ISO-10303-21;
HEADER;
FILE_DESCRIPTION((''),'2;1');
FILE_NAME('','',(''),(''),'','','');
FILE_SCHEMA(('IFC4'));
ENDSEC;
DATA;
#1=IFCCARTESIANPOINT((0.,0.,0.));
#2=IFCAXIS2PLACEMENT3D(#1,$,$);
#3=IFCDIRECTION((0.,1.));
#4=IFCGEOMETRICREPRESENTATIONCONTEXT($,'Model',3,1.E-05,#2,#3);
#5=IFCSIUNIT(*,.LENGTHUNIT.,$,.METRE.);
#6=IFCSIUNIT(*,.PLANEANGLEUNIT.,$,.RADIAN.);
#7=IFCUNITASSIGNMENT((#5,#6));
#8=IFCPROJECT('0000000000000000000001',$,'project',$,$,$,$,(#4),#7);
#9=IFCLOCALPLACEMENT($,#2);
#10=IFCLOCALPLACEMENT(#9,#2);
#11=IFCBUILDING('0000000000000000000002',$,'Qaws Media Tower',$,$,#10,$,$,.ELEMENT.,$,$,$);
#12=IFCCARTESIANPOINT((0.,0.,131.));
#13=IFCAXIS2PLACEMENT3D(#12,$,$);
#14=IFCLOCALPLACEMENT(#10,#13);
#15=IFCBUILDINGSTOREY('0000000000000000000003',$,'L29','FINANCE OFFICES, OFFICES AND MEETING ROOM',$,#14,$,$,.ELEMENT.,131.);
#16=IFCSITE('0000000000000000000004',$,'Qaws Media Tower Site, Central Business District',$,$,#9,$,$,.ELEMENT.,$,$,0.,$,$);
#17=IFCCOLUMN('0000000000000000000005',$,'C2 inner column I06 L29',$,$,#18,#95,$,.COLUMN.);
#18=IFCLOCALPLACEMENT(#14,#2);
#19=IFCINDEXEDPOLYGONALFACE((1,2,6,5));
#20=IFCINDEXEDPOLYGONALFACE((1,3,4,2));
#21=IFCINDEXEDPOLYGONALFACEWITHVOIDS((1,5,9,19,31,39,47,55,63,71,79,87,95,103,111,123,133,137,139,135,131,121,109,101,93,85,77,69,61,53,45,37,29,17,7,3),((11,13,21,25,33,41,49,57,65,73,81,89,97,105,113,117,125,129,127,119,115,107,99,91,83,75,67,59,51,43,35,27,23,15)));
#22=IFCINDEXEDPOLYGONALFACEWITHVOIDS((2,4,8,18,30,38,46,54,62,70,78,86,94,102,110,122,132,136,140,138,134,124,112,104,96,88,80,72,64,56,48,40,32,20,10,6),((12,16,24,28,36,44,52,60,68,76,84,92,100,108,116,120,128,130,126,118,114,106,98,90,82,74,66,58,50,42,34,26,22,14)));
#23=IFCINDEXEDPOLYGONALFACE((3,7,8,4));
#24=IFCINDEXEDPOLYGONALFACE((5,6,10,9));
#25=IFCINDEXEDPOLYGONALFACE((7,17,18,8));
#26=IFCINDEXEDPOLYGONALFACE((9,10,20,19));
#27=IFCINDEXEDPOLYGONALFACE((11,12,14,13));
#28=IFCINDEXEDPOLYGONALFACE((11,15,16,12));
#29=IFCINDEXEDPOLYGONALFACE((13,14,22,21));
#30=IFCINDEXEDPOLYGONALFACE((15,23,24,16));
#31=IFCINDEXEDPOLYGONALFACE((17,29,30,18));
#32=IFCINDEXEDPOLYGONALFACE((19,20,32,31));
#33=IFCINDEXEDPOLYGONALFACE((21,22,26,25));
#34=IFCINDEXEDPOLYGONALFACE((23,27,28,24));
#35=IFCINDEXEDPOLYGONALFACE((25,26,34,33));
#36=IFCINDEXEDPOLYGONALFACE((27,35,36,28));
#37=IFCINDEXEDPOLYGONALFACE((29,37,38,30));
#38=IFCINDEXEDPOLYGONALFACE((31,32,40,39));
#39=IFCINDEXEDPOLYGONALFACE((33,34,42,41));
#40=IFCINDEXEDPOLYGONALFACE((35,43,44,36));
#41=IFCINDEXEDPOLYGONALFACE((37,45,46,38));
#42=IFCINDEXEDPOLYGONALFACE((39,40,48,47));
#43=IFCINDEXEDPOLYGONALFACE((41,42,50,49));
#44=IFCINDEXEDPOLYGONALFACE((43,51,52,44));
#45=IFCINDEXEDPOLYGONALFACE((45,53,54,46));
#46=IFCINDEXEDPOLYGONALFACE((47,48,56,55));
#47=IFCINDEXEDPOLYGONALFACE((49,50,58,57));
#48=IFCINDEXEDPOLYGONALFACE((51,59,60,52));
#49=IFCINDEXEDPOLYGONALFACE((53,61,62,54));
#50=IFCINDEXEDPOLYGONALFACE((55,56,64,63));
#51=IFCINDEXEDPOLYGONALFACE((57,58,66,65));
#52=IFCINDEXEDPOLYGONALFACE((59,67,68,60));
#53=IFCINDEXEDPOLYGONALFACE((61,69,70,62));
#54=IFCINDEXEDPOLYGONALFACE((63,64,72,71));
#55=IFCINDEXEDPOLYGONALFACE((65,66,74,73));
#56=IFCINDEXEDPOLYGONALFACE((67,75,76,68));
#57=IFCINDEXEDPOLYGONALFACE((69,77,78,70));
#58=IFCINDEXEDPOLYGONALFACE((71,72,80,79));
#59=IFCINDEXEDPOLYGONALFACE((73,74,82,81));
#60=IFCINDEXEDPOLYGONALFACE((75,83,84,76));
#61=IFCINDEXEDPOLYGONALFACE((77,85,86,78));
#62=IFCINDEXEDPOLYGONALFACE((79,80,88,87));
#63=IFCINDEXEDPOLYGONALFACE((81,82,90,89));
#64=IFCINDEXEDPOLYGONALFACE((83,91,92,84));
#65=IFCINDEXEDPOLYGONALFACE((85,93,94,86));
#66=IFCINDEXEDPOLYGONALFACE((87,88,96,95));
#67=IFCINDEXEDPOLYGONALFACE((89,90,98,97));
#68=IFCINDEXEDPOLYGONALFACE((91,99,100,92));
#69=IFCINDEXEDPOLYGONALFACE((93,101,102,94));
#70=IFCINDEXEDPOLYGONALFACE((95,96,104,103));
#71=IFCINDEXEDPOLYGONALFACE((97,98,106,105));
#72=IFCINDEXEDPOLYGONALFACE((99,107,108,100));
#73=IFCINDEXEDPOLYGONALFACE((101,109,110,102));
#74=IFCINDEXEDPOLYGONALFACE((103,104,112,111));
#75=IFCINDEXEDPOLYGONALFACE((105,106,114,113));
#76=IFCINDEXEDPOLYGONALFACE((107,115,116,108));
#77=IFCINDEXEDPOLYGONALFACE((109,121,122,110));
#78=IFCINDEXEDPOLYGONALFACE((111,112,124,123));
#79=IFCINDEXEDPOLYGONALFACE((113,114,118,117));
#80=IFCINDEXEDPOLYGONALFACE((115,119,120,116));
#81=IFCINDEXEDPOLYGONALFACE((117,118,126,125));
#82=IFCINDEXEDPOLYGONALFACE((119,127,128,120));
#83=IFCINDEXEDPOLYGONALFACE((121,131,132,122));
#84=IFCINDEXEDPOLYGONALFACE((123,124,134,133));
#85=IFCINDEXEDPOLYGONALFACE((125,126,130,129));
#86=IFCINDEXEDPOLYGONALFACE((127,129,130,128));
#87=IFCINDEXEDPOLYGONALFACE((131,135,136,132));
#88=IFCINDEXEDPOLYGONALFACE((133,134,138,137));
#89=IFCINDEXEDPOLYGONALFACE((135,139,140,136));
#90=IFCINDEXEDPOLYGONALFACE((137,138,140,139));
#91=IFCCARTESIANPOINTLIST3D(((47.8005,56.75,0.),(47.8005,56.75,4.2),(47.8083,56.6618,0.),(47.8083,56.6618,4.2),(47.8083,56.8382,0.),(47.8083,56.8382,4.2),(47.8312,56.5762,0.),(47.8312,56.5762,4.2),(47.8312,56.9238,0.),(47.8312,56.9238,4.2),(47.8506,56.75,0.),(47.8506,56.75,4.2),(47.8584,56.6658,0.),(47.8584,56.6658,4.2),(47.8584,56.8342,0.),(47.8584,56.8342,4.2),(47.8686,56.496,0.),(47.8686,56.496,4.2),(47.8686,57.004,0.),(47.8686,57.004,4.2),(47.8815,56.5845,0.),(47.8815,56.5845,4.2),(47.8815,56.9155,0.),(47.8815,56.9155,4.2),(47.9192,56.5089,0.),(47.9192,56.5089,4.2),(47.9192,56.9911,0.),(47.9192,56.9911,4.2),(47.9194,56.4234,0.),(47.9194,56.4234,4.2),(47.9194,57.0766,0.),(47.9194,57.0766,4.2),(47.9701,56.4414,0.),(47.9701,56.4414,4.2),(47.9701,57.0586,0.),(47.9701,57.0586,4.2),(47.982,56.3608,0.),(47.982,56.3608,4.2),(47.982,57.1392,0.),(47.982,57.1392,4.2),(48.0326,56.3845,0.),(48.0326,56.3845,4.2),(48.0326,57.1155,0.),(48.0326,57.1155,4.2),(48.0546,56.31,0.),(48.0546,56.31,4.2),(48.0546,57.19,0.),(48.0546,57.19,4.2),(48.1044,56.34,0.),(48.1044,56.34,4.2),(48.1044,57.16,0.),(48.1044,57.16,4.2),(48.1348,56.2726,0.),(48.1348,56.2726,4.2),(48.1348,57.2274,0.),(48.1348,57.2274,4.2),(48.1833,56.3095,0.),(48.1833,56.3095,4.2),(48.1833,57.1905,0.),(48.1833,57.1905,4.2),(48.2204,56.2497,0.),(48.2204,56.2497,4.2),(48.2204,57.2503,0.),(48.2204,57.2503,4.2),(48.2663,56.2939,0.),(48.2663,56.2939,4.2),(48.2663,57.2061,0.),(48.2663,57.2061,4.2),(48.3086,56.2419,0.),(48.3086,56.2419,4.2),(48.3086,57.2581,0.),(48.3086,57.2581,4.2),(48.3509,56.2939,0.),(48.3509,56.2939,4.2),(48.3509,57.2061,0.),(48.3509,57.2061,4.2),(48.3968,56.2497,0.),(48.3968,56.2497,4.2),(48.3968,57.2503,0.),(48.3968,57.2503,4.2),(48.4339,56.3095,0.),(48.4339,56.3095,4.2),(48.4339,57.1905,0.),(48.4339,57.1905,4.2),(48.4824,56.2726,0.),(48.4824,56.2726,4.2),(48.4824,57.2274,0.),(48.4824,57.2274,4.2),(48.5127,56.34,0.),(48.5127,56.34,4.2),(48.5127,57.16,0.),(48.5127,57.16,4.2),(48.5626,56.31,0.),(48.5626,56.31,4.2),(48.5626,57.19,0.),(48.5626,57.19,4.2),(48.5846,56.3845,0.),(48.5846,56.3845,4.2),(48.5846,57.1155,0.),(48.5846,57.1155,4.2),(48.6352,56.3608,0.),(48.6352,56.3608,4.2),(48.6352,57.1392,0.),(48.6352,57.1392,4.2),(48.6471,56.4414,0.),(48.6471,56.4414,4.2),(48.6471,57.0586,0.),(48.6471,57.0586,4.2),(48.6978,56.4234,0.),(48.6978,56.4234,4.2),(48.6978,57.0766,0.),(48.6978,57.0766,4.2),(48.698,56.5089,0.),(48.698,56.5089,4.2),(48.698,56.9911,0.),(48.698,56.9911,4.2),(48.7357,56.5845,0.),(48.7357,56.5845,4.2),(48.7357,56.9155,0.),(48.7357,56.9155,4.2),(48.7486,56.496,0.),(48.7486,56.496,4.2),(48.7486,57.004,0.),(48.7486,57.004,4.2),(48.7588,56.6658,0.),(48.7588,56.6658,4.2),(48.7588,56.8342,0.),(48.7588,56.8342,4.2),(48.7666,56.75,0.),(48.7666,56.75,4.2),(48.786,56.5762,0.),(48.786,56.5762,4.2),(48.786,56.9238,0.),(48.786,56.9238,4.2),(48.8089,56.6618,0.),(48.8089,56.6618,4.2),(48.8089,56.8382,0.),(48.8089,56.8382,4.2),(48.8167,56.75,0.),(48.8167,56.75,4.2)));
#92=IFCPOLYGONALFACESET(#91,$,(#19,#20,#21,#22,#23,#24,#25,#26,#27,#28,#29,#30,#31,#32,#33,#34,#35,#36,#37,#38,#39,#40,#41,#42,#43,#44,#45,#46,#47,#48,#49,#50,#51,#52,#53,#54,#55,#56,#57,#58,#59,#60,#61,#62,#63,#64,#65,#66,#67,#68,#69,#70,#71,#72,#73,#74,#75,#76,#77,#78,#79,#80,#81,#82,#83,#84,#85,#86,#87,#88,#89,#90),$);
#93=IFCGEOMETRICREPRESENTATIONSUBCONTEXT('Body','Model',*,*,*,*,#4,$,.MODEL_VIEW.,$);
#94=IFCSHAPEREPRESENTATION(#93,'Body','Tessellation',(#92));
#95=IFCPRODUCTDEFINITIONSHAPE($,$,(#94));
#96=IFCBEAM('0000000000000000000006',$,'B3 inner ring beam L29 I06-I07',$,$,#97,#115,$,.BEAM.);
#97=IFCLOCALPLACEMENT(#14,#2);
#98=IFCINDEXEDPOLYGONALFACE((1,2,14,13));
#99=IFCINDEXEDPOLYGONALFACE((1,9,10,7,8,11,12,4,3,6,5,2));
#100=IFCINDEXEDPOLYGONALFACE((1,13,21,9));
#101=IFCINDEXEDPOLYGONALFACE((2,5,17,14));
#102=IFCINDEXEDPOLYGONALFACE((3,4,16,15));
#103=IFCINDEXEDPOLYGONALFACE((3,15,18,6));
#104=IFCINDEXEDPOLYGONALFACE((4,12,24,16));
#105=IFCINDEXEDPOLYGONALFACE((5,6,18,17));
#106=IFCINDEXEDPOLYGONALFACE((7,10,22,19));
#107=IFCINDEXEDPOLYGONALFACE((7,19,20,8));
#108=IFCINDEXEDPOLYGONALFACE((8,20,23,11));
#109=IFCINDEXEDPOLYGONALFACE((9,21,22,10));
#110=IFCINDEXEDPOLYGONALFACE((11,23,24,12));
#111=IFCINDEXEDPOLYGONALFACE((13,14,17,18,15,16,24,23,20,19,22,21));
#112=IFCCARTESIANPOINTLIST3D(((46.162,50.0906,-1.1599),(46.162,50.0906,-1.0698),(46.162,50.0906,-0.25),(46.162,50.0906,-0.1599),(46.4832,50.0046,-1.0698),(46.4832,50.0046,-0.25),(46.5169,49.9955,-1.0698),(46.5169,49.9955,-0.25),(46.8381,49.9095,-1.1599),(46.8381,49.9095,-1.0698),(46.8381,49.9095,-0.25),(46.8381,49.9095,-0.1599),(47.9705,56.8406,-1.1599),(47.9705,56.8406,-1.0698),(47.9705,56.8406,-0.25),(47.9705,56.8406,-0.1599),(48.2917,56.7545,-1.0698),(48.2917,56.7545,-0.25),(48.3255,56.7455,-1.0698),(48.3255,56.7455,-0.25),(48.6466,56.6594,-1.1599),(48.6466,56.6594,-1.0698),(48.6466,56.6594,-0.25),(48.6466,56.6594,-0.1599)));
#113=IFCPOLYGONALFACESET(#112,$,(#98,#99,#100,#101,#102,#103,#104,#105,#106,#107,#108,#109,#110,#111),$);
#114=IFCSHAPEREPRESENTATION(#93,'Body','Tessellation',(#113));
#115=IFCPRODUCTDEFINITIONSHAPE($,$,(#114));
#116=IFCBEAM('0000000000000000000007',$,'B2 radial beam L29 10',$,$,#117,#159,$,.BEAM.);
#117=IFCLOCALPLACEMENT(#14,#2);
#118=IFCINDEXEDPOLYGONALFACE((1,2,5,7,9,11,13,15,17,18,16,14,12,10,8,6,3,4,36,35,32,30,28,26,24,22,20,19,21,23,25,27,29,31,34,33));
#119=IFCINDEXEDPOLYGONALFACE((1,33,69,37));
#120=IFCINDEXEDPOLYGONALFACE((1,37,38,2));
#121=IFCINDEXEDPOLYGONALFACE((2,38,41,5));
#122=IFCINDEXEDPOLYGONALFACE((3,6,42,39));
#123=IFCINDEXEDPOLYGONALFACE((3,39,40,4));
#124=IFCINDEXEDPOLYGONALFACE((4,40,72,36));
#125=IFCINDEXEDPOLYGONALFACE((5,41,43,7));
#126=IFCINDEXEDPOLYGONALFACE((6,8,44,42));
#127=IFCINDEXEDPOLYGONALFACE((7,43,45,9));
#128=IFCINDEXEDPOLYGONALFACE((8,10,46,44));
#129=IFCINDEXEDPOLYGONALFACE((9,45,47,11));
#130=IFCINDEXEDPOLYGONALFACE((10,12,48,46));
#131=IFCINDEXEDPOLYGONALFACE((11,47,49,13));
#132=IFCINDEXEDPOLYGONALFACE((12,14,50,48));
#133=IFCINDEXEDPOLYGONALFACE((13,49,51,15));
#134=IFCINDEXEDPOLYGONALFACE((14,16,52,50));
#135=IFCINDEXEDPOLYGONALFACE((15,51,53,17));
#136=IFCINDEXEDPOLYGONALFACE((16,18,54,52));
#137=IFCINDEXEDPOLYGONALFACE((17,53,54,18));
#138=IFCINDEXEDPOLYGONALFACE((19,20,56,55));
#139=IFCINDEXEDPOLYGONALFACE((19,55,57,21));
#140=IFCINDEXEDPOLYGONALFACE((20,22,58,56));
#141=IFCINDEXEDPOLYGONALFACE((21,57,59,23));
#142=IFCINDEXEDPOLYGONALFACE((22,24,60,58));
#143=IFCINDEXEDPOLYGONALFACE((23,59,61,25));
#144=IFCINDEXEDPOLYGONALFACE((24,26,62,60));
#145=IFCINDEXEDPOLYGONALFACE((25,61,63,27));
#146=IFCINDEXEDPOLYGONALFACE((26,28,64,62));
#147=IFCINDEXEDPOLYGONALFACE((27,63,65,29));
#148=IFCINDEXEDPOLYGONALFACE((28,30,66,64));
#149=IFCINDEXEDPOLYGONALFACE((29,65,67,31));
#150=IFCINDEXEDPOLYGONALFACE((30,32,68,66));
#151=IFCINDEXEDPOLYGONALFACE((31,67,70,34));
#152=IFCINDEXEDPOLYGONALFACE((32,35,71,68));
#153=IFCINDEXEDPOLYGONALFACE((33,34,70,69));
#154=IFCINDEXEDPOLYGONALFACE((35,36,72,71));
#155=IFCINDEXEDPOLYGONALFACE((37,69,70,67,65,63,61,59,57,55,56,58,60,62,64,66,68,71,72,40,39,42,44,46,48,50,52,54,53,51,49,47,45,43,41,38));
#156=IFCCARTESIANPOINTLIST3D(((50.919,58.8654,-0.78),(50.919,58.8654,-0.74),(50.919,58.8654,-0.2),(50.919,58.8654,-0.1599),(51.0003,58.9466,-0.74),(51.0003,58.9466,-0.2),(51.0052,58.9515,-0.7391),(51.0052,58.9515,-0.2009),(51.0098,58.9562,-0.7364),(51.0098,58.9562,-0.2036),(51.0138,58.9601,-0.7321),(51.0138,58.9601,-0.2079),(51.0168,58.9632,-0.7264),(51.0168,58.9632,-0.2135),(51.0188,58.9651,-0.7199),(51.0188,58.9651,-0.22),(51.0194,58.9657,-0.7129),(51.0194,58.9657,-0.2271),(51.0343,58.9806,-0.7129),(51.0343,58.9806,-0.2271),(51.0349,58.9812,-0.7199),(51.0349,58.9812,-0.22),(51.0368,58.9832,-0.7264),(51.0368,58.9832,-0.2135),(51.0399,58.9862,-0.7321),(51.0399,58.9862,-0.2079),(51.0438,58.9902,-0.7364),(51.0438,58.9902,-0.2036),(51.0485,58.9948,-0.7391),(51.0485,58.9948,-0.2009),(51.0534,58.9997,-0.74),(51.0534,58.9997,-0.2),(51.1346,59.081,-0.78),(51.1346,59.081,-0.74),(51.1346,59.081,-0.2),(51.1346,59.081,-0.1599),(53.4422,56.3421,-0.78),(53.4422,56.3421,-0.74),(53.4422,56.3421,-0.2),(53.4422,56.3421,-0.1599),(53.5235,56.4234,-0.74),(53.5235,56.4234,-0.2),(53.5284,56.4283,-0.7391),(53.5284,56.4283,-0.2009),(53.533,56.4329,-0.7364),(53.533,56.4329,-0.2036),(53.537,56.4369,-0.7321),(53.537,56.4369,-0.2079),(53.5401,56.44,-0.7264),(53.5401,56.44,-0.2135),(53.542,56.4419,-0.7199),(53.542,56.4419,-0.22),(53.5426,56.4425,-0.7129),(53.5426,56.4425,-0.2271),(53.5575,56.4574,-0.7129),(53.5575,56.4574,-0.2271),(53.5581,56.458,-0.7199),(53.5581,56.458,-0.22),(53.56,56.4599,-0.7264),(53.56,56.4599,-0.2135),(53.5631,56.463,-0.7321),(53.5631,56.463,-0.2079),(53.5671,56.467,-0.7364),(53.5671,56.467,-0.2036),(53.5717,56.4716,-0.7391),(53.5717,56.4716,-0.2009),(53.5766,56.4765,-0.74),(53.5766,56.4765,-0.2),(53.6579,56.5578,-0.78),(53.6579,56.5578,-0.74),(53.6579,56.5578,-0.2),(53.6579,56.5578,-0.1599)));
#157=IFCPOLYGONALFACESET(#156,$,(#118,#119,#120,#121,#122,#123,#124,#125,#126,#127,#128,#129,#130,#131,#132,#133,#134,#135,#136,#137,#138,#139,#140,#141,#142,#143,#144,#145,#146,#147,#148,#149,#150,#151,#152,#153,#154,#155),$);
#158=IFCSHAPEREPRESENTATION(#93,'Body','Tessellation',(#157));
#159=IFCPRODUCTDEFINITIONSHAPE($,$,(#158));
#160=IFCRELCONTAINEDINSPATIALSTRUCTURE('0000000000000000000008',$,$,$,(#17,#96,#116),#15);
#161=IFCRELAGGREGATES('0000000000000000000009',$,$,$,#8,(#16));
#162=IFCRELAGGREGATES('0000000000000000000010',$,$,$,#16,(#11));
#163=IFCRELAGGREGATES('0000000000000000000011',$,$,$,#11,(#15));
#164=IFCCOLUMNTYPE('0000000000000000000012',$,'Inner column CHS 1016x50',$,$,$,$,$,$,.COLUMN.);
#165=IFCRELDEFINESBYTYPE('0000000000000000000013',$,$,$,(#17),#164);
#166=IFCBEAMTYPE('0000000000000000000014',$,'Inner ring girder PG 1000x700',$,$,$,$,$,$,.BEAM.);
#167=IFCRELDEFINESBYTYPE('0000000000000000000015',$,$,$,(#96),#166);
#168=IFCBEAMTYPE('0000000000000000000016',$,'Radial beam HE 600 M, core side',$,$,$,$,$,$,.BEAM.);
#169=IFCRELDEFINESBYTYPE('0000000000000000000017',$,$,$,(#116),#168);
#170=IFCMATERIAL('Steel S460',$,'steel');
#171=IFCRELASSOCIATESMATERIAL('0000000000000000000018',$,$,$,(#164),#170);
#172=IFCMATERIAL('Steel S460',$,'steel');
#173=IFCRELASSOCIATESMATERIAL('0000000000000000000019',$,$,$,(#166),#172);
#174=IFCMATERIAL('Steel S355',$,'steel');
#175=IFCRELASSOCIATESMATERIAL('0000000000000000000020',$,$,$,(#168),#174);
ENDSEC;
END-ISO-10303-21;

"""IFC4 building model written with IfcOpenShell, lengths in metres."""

from ifc_helpers import new_model, si_unit, direction, frame, origin, origin_2d, place, context, subcontext, project, spatial, hollow_circle, i_section, extrude, material, material_profile, profile_set, type_object, element, save


model = new_model("IFC4")

# Units and contexts
model_context = context("Model", 3, precision=1e-05, world=origin(), true_north=direction((0.0, 1.0)))
body_context = subcontext(model_context, "Body", "Model", "MODEL_VIEW")
ifc_project = project(units=[si_unit("LENGTHUNIT", "METRE"), si_unit("PLANEANGLEUNIT", "RADIAN")], contexts=[model_context])

# Site, building, storey
site_placement = place(None, origin())
site = spatial("IfcSite", under=ifc_project, at=site_placement, Name="Qaws Media Tower Site, Central Business District", CompositionType="ELEMENT", RefElevation=0.0)
building_placement = place(site_placement, origin())
building = spatial("IfcBuilding", under=site, at=building_placement, Name="Qaws Media Tower", CompositionType="ELEMENT")
storey_placement = place(building_placement, frame((0.0, 0.0, 131.0)))
storey = spatial("IfcBuildingStorey", under=building, at=storey_placement, Name="L29", Description="FINANCE OFFICES, OFFICES AND MEETING ROOM", CompositionType="ELEMENT", Elevation=131.0)

# Column
ifc_material_1 = material(Name="Steel S460", Category="steel")
ifc_material_profile_1 = material_profile(ifc_material_1, hollow_circle(Radius=0.5081, WallThickness=0.05, at=origin_2d()), Name="CHS 1016x50")
ifc_profile_set_1 = profile_set([ifc_material_profile_1], Name="Steel S460")
column_type = type_object("IfcColumnType", Name="Inner column CHS 1016x50", PredefinedType="COLUMN", material=ifc_profile_set_1)
column_placement = place(storey_placement, frame((48.3086, 56.75, 0.0), z_axis=(0.0, 0.0, 1.0), x_axis=(1.0, 0.0, 0.0)))
element("IfcColumn", 1, at=column_placement, inside=storey, type_object=column_type, Name="C2 inner column I06 L29", PredefinedType="COLUMN", context=body_context, shape_type="SweptSolid", body=[
    extrude(hollow_circle(Radius=0.5081, WallThickness=0.05, at=origin_2d()), origin(), (0.0, 0.0, 1.0), 4.2),
])

# Beams
ifc_material_2 = material(Name="Steel S460", Category="steel")
ifc_material_profile_2 = material_profile(ifc_material_2, i_section(OverallWidth=0.7, OverallDepth=1.0, WebThickness=0.0349, FlangeThickness=0.0901, at=origin_2d()), Name="PG 1000x700")
ifc_profile_set_2 = profile_set([ifc_material_profile_2], Name="Steel S460")
beam_type_1 = type_object("IfcBeamType", Name="Inner ring girder PG 1000x700", PredefinedType="BEAM", material=ifc_profile_set_2)
beam_1_placement = place(storey_placement, frame((48.3086, 56.75, -0.6599), z_axis=(-0.258811, -0.965928, 0.0), x_axis=(0.965928, -0.258811, 0.0)))
element("IfcBeam", 2, at=beam_1_placement, inside=storey, type_object=beam_type_1, Name="B3 inner ring beam L29 I06-I07", PredefinedType="BEAM", context=body_context, shape_type="SweptSolid", body=[
    extrude(i_section(OverallWidth=0.7, OverallDepth=1.0, WebThickness=0.0349, FlangeThickness=0.0901, at=origin_2d()), origin(), (0.0, 0.0, 1.0), 6.988),
])
ifc_material_3 = material(Name="Steel S355", Category="steel")
ifc_material_profile_3 = material_profile(ifc_material_3, i_section(OverallWidth=0.3049, OverallDepth=0.6201, WebThickness=0.021, FlangeThickness=0.04, FilletRadius=0.0271, at=origin_2d()), Name="HE 600 M")
ifc_profile_set_3 = profile_set([ifc_material_profile_3], Name="Steel S355")
beam_type_2 = type_object("IfcBeamType", Name="Radial beam HE 600 M, core side", PredefinedType="BEAM", material=ifc_profile_set_3)
beam_2_placement = place(storey_placement, frame((53.55, 56.45, -0.47), z_axis=(-0.707107, 0.707107, 0.0), x_axis=(-0.707107, -0.707107, 0.0)))
element("IfcBeam", 3, at=beam_2_placement, inside=storey, type_object=beam_type_2, Name="B2 radial beam L29 10", PredefinedType="BEAM", context=body_context, shape_type="SweptSolid", body=[
    extrude(i_section(OverallWidth=0.3049, OverallDepth=0.6201, WebThickness=0.021, FlangeThickness=0.04, FilletRadius=0.0271, at=origin_2d()), origin(), (0.0, 0.0, 1.0), 3.5684),
])

save(model, "model.ifc")
